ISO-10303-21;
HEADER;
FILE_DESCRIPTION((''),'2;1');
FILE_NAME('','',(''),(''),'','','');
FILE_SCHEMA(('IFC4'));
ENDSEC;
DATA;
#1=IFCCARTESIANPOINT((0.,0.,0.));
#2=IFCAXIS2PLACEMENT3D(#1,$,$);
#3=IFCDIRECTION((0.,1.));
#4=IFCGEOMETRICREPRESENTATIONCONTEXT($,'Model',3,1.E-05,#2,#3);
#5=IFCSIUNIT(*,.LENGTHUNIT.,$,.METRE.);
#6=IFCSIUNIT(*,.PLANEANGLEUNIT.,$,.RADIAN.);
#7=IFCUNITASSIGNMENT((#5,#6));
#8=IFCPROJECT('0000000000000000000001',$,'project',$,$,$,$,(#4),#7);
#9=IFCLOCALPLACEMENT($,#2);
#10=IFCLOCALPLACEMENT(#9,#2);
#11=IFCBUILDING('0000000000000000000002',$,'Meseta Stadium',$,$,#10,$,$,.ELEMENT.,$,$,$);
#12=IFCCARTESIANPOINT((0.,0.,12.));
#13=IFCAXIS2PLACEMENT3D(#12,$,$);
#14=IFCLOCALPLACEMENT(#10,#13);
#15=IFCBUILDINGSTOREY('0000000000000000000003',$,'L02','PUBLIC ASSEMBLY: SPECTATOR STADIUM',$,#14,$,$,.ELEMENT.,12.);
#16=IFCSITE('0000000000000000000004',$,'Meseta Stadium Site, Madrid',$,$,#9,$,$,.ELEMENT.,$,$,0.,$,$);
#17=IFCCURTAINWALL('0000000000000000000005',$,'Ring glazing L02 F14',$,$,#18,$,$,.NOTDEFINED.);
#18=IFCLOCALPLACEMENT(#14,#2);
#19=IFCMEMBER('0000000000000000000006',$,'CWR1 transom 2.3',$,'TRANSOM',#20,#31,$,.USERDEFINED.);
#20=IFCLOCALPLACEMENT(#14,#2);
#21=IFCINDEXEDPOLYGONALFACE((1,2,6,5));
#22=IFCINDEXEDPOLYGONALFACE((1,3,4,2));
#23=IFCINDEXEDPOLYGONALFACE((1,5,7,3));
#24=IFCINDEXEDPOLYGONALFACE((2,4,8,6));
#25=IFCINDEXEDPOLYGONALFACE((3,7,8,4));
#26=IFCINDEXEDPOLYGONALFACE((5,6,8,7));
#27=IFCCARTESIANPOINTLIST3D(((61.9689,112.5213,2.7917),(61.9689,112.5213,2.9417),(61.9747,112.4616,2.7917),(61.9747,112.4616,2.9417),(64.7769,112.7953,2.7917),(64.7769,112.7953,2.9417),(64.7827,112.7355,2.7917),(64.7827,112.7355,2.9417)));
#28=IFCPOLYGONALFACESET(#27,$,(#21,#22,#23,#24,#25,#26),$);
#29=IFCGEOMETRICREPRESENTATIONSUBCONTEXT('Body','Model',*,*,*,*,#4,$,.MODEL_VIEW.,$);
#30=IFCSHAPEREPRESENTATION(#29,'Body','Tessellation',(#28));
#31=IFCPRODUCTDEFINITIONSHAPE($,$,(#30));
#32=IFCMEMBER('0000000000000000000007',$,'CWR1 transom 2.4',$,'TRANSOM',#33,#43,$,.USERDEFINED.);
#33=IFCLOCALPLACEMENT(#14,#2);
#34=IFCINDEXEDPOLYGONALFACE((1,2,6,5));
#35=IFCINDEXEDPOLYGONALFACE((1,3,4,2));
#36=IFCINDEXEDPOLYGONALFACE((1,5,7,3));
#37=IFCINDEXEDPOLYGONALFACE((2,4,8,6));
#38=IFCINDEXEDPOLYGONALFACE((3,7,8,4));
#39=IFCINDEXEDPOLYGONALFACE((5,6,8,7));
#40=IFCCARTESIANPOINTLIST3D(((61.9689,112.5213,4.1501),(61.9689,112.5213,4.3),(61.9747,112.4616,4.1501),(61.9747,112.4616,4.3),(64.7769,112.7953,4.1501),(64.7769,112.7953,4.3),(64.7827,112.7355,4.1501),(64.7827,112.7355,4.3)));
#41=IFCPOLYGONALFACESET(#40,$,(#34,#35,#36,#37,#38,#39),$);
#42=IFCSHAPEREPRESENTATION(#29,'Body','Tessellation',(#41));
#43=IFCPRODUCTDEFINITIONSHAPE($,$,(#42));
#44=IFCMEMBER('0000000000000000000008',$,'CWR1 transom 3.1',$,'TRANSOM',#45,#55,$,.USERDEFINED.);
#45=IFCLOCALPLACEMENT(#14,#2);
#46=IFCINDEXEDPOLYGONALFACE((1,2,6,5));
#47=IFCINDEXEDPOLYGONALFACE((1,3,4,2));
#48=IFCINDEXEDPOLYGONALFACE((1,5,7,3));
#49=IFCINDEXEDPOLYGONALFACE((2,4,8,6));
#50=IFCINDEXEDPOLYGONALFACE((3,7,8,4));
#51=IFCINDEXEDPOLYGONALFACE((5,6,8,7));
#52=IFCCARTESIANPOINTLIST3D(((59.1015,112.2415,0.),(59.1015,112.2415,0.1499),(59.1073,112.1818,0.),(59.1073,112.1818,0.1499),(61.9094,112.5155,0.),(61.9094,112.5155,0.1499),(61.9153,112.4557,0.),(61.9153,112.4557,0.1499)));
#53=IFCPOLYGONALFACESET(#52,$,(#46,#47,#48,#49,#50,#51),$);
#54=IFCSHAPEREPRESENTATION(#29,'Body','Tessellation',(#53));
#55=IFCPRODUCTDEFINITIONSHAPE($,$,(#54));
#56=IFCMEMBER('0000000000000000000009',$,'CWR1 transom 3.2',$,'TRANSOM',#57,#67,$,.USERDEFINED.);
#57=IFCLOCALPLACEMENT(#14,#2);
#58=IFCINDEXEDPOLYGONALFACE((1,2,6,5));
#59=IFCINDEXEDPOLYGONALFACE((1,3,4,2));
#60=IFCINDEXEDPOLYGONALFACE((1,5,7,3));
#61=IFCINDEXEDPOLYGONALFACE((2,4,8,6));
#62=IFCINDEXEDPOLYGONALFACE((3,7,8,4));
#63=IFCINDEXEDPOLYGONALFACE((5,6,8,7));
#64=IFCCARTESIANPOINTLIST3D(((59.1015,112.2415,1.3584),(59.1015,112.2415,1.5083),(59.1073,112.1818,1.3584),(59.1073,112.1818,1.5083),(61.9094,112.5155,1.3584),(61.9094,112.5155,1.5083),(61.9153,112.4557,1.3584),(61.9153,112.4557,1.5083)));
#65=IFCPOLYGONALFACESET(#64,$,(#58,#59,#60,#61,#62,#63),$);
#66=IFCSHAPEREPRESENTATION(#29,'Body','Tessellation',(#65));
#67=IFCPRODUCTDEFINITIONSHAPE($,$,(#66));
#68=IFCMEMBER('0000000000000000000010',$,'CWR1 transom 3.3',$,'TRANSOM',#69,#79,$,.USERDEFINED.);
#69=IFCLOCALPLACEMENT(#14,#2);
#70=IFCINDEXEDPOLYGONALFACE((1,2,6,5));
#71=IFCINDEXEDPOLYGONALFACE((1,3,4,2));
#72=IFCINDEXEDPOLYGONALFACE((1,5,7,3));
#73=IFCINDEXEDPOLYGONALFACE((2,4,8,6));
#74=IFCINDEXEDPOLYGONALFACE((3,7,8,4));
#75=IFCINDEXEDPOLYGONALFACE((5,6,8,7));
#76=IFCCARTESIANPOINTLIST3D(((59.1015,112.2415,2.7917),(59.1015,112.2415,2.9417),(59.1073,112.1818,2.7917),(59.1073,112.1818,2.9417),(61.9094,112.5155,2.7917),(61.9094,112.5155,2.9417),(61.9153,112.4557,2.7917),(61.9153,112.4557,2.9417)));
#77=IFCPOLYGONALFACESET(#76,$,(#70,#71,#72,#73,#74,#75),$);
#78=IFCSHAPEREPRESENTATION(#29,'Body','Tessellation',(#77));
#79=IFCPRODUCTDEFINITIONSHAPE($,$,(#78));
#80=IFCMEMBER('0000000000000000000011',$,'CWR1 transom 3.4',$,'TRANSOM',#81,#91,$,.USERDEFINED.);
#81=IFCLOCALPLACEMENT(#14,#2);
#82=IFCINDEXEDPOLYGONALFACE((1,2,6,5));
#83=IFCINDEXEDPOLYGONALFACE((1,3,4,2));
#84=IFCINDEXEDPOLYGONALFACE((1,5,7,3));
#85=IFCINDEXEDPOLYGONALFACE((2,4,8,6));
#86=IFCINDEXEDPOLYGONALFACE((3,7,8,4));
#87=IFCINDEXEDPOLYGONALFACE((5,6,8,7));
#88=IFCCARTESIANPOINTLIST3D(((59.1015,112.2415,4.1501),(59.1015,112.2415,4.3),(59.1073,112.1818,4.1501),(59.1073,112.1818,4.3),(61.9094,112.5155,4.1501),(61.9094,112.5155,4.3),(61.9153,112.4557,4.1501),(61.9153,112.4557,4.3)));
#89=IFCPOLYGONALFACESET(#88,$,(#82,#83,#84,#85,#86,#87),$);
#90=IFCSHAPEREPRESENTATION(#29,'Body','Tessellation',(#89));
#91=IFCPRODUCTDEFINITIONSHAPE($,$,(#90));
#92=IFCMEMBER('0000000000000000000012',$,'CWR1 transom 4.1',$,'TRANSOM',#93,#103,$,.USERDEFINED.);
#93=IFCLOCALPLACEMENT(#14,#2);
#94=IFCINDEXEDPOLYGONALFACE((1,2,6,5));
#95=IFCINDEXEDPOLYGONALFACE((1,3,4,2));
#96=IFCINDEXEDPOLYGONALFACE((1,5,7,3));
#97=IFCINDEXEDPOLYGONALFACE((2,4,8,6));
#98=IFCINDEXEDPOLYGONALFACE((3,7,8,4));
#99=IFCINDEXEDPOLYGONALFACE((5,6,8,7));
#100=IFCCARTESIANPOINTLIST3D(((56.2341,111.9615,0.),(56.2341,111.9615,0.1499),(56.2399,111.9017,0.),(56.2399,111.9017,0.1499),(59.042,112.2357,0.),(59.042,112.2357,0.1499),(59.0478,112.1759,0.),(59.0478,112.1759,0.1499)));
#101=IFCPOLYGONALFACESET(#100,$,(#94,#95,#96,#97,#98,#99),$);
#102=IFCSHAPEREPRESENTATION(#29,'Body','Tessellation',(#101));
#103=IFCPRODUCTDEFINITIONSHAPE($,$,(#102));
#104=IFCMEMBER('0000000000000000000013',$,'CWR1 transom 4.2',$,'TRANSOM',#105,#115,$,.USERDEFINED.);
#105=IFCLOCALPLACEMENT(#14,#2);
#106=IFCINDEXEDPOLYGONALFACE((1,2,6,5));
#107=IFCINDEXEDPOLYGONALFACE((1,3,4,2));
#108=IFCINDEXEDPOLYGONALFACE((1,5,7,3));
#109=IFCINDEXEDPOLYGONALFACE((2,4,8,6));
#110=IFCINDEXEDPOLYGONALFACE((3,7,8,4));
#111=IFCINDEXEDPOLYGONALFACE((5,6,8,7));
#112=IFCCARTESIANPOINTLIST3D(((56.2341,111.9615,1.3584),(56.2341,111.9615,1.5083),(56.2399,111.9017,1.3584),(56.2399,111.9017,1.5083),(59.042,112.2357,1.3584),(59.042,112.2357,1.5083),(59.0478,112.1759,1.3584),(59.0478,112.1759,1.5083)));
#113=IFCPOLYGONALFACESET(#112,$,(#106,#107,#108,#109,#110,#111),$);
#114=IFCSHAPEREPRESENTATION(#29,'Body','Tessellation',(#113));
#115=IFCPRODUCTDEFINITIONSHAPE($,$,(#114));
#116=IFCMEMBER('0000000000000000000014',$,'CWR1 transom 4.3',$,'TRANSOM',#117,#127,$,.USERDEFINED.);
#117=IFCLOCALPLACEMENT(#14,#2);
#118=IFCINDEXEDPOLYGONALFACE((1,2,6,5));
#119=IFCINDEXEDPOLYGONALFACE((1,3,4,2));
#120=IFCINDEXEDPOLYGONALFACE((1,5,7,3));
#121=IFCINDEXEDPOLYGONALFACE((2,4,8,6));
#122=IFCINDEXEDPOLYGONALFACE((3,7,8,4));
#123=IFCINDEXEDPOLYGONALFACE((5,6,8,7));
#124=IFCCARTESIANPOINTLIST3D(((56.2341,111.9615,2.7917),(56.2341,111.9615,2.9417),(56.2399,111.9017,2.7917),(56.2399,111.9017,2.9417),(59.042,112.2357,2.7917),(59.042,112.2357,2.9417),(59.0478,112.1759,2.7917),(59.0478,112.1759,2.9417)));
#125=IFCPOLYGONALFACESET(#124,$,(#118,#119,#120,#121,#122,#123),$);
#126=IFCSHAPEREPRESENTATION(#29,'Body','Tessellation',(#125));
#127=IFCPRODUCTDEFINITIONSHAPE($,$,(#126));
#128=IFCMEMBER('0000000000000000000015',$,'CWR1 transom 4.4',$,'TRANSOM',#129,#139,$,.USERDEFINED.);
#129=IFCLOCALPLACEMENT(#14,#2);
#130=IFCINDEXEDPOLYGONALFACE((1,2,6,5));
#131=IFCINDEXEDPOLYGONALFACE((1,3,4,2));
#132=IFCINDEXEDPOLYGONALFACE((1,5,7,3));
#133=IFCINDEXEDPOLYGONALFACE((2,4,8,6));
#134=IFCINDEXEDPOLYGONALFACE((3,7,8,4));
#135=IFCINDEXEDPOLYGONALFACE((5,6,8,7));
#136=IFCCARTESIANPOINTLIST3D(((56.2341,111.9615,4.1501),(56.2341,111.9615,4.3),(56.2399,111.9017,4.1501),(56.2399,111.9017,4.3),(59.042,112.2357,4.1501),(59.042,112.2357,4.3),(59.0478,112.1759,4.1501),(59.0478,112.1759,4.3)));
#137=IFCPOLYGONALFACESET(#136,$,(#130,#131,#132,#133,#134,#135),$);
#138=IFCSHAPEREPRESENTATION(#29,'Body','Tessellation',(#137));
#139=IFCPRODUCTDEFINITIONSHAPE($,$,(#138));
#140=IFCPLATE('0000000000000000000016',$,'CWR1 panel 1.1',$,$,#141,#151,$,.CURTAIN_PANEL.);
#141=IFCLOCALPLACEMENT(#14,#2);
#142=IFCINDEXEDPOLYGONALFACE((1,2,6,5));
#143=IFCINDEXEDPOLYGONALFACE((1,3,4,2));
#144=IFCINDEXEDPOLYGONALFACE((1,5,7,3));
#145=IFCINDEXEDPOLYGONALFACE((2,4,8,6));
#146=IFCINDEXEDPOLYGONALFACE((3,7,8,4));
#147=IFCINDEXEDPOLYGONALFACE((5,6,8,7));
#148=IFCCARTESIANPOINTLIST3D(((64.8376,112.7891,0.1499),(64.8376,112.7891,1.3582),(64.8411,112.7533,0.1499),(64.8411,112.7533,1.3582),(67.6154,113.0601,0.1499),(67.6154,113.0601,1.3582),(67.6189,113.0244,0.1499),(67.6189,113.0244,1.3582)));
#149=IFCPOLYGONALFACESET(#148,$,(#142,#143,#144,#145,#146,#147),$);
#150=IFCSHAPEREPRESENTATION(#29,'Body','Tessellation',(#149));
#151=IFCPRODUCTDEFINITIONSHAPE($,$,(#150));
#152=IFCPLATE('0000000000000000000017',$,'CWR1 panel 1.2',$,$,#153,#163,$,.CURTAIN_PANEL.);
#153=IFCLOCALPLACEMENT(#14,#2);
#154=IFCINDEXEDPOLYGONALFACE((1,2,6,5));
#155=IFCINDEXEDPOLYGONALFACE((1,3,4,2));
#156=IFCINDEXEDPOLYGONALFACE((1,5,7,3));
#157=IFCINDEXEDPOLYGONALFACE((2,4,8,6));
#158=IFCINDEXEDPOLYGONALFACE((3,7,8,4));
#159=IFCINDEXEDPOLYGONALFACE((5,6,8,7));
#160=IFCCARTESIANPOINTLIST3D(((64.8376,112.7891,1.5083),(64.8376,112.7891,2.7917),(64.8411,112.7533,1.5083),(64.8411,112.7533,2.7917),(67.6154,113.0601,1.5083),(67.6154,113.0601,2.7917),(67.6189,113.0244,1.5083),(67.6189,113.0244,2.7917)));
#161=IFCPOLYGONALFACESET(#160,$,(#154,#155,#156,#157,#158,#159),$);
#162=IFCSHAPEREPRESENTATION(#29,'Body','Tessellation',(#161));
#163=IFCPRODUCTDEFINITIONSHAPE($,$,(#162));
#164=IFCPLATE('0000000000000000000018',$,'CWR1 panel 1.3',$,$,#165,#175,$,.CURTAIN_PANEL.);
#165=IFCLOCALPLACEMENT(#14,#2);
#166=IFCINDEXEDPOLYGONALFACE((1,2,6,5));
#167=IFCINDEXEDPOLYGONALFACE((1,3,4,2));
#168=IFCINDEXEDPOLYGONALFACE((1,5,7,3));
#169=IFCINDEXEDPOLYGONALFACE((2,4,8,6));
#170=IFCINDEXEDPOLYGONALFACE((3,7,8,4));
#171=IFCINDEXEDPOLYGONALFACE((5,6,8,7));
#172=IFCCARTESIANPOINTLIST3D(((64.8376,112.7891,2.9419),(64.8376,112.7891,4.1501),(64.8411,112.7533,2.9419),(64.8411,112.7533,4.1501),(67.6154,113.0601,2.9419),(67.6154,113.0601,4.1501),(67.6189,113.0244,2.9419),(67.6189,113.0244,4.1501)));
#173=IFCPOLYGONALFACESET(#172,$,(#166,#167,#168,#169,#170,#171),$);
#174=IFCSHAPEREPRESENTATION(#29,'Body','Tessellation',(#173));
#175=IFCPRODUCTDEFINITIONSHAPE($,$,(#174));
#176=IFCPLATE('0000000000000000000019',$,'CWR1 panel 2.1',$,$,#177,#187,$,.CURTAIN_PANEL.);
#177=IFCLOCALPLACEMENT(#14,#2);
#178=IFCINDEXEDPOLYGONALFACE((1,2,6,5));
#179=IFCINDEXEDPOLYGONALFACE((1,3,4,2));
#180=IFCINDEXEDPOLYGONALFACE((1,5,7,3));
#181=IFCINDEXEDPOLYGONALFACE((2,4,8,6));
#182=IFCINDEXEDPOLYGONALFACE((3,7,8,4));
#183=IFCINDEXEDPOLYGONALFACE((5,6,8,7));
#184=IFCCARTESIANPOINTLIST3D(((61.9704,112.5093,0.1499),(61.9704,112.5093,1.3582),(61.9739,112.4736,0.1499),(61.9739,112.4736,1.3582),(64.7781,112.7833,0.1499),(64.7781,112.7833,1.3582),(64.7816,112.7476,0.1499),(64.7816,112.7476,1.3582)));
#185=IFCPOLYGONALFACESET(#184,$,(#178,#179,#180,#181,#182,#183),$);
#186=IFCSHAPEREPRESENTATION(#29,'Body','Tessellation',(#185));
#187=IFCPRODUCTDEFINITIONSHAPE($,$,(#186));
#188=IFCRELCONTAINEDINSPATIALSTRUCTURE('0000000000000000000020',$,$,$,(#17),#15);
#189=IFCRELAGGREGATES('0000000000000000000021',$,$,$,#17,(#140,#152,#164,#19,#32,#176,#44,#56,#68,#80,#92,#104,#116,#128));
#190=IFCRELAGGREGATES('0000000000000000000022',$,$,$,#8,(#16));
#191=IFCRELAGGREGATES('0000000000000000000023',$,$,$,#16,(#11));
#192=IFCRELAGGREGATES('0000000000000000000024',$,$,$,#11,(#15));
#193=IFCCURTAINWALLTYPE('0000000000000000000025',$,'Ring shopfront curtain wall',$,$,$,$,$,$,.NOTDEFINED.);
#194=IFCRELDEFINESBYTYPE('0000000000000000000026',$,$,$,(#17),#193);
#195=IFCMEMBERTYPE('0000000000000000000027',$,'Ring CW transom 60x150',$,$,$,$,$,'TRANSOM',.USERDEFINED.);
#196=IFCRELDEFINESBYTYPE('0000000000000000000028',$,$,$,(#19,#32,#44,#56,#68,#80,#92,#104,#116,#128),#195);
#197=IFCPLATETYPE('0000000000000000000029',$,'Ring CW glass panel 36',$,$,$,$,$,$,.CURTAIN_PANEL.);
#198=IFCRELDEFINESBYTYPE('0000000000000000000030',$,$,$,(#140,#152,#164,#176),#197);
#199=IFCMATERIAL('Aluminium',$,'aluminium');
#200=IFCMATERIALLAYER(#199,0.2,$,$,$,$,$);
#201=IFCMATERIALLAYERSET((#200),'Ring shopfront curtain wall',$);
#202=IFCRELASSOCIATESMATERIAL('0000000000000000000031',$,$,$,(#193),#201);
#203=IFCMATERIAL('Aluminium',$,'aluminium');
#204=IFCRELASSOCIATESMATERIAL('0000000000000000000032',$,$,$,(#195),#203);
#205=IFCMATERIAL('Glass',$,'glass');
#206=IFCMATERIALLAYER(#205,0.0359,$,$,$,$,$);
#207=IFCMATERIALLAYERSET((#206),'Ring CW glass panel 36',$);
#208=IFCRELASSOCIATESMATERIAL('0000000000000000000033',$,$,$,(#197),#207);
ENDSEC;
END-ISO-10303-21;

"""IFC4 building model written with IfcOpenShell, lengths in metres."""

from ifc_helpers import new_model, si_unit, direction, frame, origin, origin_2d, place, context, subcontext, project, spatial, rectangle, extrude, material, layer, layer_set, material_profile, profile_set, type_object, element, aggregate, save


model = new_model("IFC4")

# Units and contexts
model_context = context("Model", 3, precision=1e-05, world=origin(), true_north=direction((0.0, 1.0)))
body_context = subcontext(model_context, "Body", "Model", "MODEL_VIEW")
ifc_project = project(units=[si_unit("LENGTHUNIT", "METRE"), si_unit("PLANEANGLEUNIT", "RADIAN")], contexts=[model_context])

# Site, building, storey
site_placement = place(None, origin())
site = spatial("IfcSite", under=ifc_project, at=site_placement, Name="Meseta Stadium Site, Madrid", CompositionType="ELEMENT", RefElevation=0.0)
building_placement = place(site_placement, origin())
building = spatial("IfcBuilding", under=site, at=building_placement, Name="Meseta Stadium", CompositionType="ELEMENT")
storey_placement = place(building_placement, frame((0.0, 0.0, 12.0)))
storey = spatial("IfcBuildingStorey", under=building, at=storey_placement, Name="L02", Description="PUBLIC ASSEMBLY: SPECTATOR STADIUM", CompositionType="ELEMENT", Elevation=12.0)

# Curtain wall, members, plates
ifc_material_1 = material(Name="Aluminium", Category="aluminium")
ifc_layer_1 = layer(ifc_material_1, 0.2)
ifc_layer_set_1 = layer_set([ifc_layer_1], Name="Ring shopfront curtain wall")
curtain_wall_type = type_object("IfcCurtainWallType", Name="Ring shopfront curtain wall", PredefinedType="NOTDEFINED", material=ifc_layer_set_1)
curtain_wall_placement = place(storey_placement, origin())
curtain_wall = element("IfcCurtainWall", 1, at=curtain_wall_placement, inside=storey, type_object=curtain_wall_type, Name="Ring glazing L02 F14", PredefinedType="NOTDEFINED")
ifc_material_2 = material(Name="Aluminium", Category="aluminium")
ifc_material_profile_1 = material_profile(ifc_material_2, rectangle(XDim=0.0601, YDim=0.1499, at=origin_2d()), Name="CW 60x150")
ifc_profile_set_1 = profile_set([ifc_material_profile_1], Name="Aluminium")
member_type_1 = type_object("IfcMemberType", Name="Ring CW transom 60x150", ElementType="TRANSOM", PredefinedType="USERDEFINED", material=ifc_profile_set_1)
member_1_placement = place(storey_placement, frame((64.7798, 112.7654, 2.8667), z_axis=(-0.995275, -0.097096, 0.0), x_axis=(0.097096, -0.995275, 0.0)))
member_1 = element("IfcMember", 2, at=member_1_placement, type_object=member_type_1, Name="CWR1 transom 2.3", ObjectType="TRANSOM", PredefinedType="USERDEFINED", context=body_context, shape_type="SweptSolid", body=[
    extrude(rectangle(XDim=0.0601, YDim=0.1499, at=origin_2d()), origin(), (0.0, 0.0, 1.0), 2.8213),
])
member_2_placement = place(storey_placement, frame((64.7798, 112.7654, 4.2251), z_axis=(-0.995275, -0.097096, 0.0), x_axis=(0.097096, -0.995275, 0.0)))
member_2 = element("IfcMember", 3, at=member_2_placement, type_object=member_type_1, Name="CWR1 transom 2.4", ObjectType="TRANSOM", PredefinedType="USERDEFINED", context=body_context, shape_type="SweptSolid", body=[
    extrude(rectangle(XDim=0.0601, YDim=0.1499, at=origin_2d()), origin(), (0.0, 0.0, 1.0), 2.8213),
])
member_3_placement = place(storey_placement, frame((61.9124, 112.4856, 0.075), z_axis=(-0.995275, -0.097096, 0.0), x_axis=(0.097096, -0.995275, 0.0)))
member_3 = element("IfcMember", 4, at=member_3_placement, type_object=member_type_1, Name="CWR1 transom 3.1", ObjectType="TRANSOM", PredefinedType="USERDEFINED", context=body_context, shape_type="SweptSolid", body=[
    extrude(rectangle(XDim=0.0601, YDim=0.1499, at=origin_2d()), origin(), (0.0, 0.0, 1.0), 2.8213),
])
member_4_placement = place(storey_placement, frame((61.9124, 112.4856, 1.4333), z_axis=(-0.995275, -0.097096, 0.0), x_axis=(0.097096, -0.995275, 0.0)))
member_4 = element("IfcMember", 5, at=member_4_placement, type_object=member_type_1, Name="CWR1 transom 3.2", ObjectType="TRANSOM", PredefinedType="USERDEFINED", context=body_context, shape_type="SweptSolid", body=[
    extrude(rectangle(XDim=0.0601, YDim=0.1499, at=origin_2d()), origin(), (0.0, 0.0, 1.0), 2.8213),
])
member_5_placement = place(storey_placement, frame((61.9124, 112.4856, 2.8667), z_axis=(-0.995275, -0.097096, 0.0), x_axis=(0.097096, -0.995275, 0.0)))
member_5 = element("IfcMember", 6, at=member_5_placement, type_object=member_type_1, Name="CWR1 transom 3.3", ObjectType="TRANSOM", PredefinedType="USERDEFINED", context=body_context, shape_type="SweptSolid", body=[
    extrude(rectangle(XDim=0.0601, YDim=0.1499, at=origin_2d()), origin(), (0.0, 0.0, 1.0), 2.8213),
])
member_6_placement = place(storey_placement, frame((61.9124, 112.4856, 4.2251), z_axis=(-0.995275, -0.097096, 0.0), x_axis=(0.097096, -0.995275, 0.0)))
member_6 = element("IfcMember", 7, at=member_6_placement, type_object=member_type_1, Name="CWR1 transom 3.4", ObjectType="TRANSOM", PredefinedType="USERDEFINED", context=body_context, shape_type="SweptSolid", body=[
    extrude(rectangle(XDim=0.0601, YDim=0.1499, at=origin_2d()), origin(), (0.0, 0.0, 1.0), 2.8213),
])
member_7_placement = place(storey_placement, frame((59.0449, 112.2058, 0.075), z_axis=(-0.995267, -0.097182, 0.0), x_axis=(0.097182, -0.995267, 0.0)))
member_7 = element("IfcMember", 8, at=member_7_placement, type_object=member_type_1, Name="CWR1 transom 4.1", ObjectType="TRANSOM", PredefinedType="USERDEFINED", context=body_context, shape_type="SweptSolid", body=[
    extrude(rectangle(XDim=0.0601, YDim=0.1499, at=origin_2d()), origin(), (0.0, 0.0, 1.0), 2.8213),
])
member_8_placement = place(storey_placement, frame((59.0449, 112.2058, 1.4333), z_axis=(-0.995267, -0.097182, 0.0), x_axis=(0.097182, -0.995267, 0.0)))
member_8 = element("IfcMember", 9, at=member_8_placement, type_object=member_type_1, Name="CWR1 transom 4.2", ObjectType="TRANSOM", PredefinedType="USERDEFINED", context=body_context, shape_type="SweptSolid", body=[
    extrude(rectangle(XDim=0.0601, YDim=0.1499, at=origin_2d()), origin(), (0.0, 0.0, 1.0), 2.8213),
])
member_9_placement = place(storey_placement, frame((59.0449, 112.2058, 2.8667), z_axis=(-0.995267, -0.097182, 0.0), x_axis=(0.097182, -0.995267, 0.0)))
member_9 = element("IfcMember", 10, at=member_9_placement, type_object=member_type_1, Name="CWR1 transom 4.3", ObjectType="TRANSOM", PredefinedType="USERDEFINED", context=body_context, shape_type="SweptSolid", body=[
    extrude(rectangle(XDim=0.0601, YDim=0.1499, at=origin_2d()), origin(), (0.0, 0.0, 1.0), 2.8213),
])
member_10_placement = place(storey_placement, frame((59.0449, 112.2058, 4.2251), z_axis=(-0.995267, -0.097182, 0.0), x_axis=(0.097182, -0.995267, 0.0)))
member_10 = element("IfcMember", 11, at=member_10_placement, type_object=member_type_1, Name="CWR1 transom 4.4", ObjectType="TRANSOM", PredefinedType="USERDEFINED", context=body_context, shape_type="SweptSolid", body=[
    extrude(rectangle(XDim=0.0601, YDim=0.1499, at=origin_2d()), origin(), (0.0, 0.0, 1.0), 2.8213),
])
ifc_material_3 = material(Name="Glass", Category="glass")
ifc_layer_2 = layer(ifc_material_3, 0.0359)
ifc_layer_set_2 = layer_set([ifc_layer_2], Name="Ring CW glass panel 36")
plate_type = type_object("IfcPlateType", Name="Ring CW glass panel 36", PredefinedType="CURTAIN_PANEL", material=ifc_layer_set_2)
plate_1_placement = place(storey_placement, frame((66.2283, 112.9067, 0.1499), z_axis=(0.0, 0.0, 1.0), x_axis=(-0.995272, -0.097125, 0.0)))
plate_1 = element("IfcPlate", 12, at=plate_1_placement, type_object=plate_type, Name="CWR1 panel 1.1", PredefinedType="CURTAIN_PANEL", context=body_context, shape_type="SweptSolid", body=[
    extrude(rectangle(XDim=2.791, YDim=0.0359, at=origin_2d()), origin(), (0.0, 0.0, 1.0), 1.2083),
])
plate_2_placement = place(storey_placement, frame((66.2283, 112.9067, 1.5083), z_axis=(0.0, 0.0, 1.0), x_axis=(-0.995272, -0.097125, 0.0)))
plate_2 = element("IfcPlate", 13, at=plate_2_placement, type_object=plate_type, Name="CWR1 panel 1.2", PredefinedType="CURTAIN_PANEL", context=body_context, shape_type="SweptSolid", body=[
    extrude(rectangle(XDim=2.791, YDim=0.0359, at=origin_2d()), origin(), (0.0, 0.0, 1.0), 1.2834),
])
plate_3_placement = place(storey_placement, frame((66.2283, 112.9067, 2.9419), z_axis=(0.0, 0.0, 1.0), x_axis=(-0.995272, -0.097125, 0.0)))
plate_3 = element("IfcPlate", 14, at=plate_3_placement, type_object=plate_type, Name="CWR1 panel 1.3", PredefinedType="CURTAIN_PANEL", context=body_context, shape_type="SweptSolid", body=[
    extrude(rectangle(XDim=2.791, YDim=0.0359, at=origin_2d()), origin(), (0.0, 0.0, 1.0), 1.2083),
])
plate_4_placement = place(storey_placement, frame((63.376, 112.6284, 0.1499), z_axis=(0.0, 0.0, 1.0), x_axis=(-0.995272, -0.097125, 0.0)))
plate_4 = element("IfcPlate", 15, at=plate_4_placement, type_object=plate_type, Name="CWR1 panel 2.1", PredefinedType="CURTAIN_PANEL", context=body_context, shape_type="SweptSolid", body=[
    extrude(rectangle(XDim=2.821, YDim=0.0359, at=origin_2d()), origin(), (0.0, 0.0, 1.0), 1.2083),
])
aggregate(curtain_wall, [plate_1, plate_2, plate_3, member_1, member_2, plate_4, member_3, member_4, member_5, member_6, member_7, member_8, member_9, member_10])

save(model, "model.ifc")
